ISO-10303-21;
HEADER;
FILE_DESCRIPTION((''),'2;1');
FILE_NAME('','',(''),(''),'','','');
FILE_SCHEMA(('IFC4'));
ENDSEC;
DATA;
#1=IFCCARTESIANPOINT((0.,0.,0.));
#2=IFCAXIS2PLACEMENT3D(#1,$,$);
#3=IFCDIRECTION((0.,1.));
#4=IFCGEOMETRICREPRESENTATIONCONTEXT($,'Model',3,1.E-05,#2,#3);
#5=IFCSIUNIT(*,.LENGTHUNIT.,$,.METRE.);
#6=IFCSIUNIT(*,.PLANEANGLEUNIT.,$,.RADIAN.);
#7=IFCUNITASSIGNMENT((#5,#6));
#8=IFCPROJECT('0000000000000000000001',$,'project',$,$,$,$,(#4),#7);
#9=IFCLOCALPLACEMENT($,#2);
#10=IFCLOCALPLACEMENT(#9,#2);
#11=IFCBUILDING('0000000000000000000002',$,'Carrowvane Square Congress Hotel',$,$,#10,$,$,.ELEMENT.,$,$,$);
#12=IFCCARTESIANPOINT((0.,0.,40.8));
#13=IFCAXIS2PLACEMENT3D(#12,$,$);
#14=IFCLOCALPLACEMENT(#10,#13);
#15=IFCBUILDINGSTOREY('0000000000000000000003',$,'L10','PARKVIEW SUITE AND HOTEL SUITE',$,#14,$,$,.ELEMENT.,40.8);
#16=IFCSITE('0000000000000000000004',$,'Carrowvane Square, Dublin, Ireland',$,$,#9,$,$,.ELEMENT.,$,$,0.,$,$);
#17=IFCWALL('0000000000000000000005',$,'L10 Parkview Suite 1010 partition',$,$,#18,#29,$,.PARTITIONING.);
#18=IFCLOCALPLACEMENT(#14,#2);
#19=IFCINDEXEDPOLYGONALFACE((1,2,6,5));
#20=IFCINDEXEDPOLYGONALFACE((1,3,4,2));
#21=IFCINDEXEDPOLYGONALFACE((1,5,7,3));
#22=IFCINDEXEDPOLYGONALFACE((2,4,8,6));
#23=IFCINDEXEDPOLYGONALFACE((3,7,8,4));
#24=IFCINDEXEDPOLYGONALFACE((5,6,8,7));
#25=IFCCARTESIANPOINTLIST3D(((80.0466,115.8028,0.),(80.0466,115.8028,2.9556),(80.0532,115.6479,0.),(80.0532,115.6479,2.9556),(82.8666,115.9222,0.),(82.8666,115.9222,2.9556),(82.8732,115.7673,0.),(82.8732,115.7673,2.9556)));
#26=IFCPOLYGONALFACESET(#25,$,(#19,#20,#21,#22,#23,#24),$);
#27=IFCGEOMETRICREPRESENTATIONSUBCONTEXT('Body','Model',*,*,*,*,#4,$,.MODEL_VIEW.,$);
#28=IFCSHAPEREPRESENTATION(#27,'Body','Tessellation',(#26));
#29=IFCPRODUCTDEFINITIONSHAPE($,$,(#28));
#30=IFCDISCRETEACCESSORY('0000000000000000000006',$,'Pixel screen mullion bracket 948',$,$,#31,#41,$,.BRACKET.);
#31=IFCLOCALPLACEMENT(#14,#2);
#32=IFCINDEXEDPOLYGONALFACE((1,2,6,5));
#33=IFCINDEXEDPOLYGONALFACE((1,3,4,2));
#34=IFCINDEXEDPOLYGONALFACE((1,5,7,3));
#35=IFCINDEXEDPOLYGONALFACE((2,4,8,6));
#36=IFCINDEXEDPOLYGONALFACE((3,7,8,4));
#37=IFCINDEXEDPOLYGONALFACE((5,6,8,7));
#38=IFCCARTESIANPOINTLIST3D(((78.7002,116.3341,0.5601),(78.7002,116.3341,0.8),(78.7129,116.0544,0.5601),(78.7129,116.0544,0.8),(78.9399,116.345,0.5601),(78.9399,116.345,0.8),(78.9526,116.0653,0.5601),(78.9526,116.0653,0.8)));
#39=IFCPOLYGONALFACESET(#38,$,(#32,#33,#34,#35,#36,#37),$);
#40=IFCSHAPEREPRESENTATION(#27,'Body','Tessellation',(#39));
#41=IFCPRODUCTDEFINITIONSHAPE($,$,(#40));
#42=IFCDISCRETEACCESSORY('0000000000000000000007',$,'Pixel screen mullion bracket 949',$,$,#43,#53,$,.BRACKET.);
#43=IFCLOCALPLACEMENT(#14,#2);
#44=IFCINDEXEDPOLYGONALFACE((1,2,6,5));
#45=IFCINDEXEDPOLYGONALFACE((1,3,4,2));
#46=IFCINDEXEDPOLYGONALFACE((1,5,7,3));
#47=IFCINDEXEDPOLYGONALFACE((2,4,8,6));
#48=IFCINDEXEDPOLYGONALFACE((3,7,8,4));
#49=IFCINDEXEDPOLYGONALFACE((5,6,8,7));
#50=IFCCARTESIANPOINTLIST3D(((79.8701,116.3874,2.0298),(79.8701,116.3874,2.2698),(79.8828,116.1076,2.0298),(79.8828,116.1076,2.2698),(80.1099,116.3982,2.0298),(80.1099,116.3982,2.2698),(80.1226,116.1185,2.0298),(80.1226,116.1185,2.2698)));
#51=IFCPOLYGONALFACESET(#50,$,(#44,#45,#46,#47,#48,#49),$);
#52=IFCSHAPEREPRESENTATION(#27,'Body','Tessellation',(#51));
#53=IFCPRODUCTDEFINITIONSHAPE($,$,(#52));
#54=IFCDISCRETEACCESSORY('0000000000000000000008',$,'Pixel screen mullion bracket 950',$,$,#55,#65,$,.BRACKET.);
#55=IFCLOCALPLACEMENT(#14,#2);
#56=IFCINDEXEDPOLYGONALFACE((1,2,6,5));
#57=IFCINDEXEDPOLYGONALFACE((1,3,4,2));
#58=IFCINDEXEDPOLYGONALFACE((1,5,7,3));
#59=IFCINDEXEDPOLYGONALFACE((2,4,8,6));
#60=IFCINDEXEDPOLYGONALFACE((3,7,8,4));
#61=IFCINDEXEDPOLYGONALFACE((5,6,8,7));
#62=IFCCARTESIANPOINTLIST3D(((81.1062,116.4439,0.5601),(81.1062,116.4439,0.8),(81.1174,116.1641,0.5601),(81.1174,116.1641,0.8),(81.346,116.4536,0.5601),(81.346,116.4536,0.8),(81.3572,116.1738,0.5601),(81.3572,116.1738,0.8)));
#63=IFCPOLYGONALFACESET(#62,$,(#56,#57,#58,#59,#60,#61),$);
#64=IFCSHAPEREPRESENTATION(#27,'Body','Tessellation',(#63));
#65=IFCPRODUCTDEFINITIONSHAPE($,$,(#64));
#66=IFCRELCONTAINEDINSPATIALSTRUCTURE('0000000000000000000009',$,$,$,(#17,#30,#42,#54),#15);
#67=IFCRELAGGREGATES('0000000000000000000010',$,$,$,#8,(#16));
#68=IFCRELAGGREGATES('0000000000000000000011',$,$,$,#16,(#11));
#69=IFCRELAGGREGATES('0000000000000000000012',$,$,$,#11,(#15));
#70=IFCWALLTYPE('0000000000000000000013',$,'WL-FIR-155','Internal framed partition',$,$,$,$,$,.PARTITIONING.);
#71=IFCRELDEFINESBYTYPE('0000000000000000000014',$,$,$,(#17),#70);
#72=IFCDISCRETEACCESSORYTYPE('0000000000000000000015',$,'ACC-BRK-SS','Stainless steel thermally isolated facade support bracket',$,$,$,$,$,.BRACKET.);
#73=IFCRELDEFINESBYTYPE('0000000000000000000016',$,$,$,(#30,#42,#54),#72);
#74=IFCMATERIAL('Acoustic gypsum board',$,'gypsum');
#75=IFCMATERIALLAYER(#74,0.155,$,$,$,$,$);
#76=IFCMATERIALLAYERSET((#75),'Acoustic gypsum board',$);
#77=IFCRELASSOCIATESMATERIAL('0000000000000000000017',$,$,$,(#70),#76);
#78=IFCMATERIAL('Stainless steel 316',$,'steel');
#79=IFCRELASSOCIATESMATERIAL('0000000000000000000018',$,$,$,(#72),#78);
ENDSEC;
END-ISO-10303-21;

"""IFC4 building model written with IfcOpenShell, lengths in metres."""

from ifc_helpers import new_model, si_unit, direction, frame, frame_2d, origin, origin_2d, place, context, subcontext, project, spatial, rectangle, extrude, material, layer, layer_set, type_object, element, save


model = new_model("IFC4")

# Units and contexts
model_context = context("Model", 3, precision=1e-05, world=origin(), true_north=direction((0.0, 1.0)))
body_context = subcontext(model_context, "Body", "Model", "MODEL_VIEW")
ifc_project = project(units=[si_unit("LENGTHUNIT", "METRE"), si_unit("PLANEANGLEUNIT", "RADIAN")], contexts=[model_context])

# Site, building, storey
site_placement = place(None, origin())
site = spatial("IfcSite", under=ifc_project, at=site_placement, Name="Carrowvane Square, Dublin, Ireland", CompositionType="ELEMENT", RefElevation=0.0)
building_placement = place(site_placement, origin())
building = spatial("IfcBuilding", under=site, at=building_placement, Name="Carrowvane Square Congress Hotel", CompositionType="ELEMENT")
storey_placement = place(building_placement, frame((0.0, 0.0, 40.8)))
storey = spatial("IfcBuildingStorey", under=building, at=storey_placement, Name="L10", Description="PARKVIEW SUITE AND HOTEL SUITE", CompositionType="ELEMENT", Elevation=40.8)

# Wall
ifc_material_1 = material(Name="Acoustic gypsum board", Category="gypsum")
ifc_layer_1 = layer(ifc_material_1, 0.155)
ifc_layer_set_1 = layer_set([ifc_layer_1], Name="Acoustic gypsum board")
wall_type = type_object("IfcWallType", Name="WL-FIR-155", Description="Internal framed partition", PredefinedType="PARTITIONING", material=ifc_layer_set_1)
wall_1_placement = place(storey_placement, frame((80.05, 115.7253, 0.0), z_axis=(0.0, 0.0, 1.0), x_axis=(0.999105, 0.042296, 0.0)))
element("IfcWall", 1, at=wall_1_placement, inside=storey, type_object=wall_type, Name="L10 Parkview Suite 1010 partition", PredefinedType="PARTITIONING", context=body_context, shape_type="SweptSolid", body=[
    extrude(rectangle(XDim=2.8225, YDim=0.155, at=frame_2d((1.4111, 0.0))), origin(), (0.0, 0.0, 1.0), 2.9556),
])

# Discrete accessories
ifc_material_2 = material(Name="Stainless steel 316", Category="steel")
discrete_accessory_type = type_object("IfcDiscreteAccessoryType", Name="ACC-BRK-SS", Description="Stainless steel thermally isolated facade support bracket", PredefinedType="BRACKET", material=ifc_material_2)
for number, where, z_axis, x_axis, name in (
    (2, (78.8264, 116.1997, 0.5601), (0.0, 0.0, 1.0), (0.998968, 0.045414, 0.0), "Pixel screen mullion bracket 948"),
    (3, (79.9963, 116.2529, 2.0298), (0.0, 0.0, 1.0), (0.998968, 0.045414, 0.0), "Pixel screen mullion bracket 949"),
    (4, (81.2317, 116.3088, 0.5601), (0.0, 0.0, 1.0), (0.999194, 0.040134, 0.0), "Pixel screen mullion bracket 950"),
):
    element("IfcDiscreteAccessory", number, at=place(storey_placement, frame(where, z_axis=z_axis, x_axis=x_axis)), inside=storey, type_object=discrete_accessory_type, Name=name, PredefinedType="BRACKET", context=body_context, shape_type="SweptSolid", body=[
        extrude(rectangle(XDim=0.24, YDim=0.28, at=origin_2d()), origin(), (0.0, 0.0, 1.0), 0.24),
    ])

save(model, "model.ifc")
